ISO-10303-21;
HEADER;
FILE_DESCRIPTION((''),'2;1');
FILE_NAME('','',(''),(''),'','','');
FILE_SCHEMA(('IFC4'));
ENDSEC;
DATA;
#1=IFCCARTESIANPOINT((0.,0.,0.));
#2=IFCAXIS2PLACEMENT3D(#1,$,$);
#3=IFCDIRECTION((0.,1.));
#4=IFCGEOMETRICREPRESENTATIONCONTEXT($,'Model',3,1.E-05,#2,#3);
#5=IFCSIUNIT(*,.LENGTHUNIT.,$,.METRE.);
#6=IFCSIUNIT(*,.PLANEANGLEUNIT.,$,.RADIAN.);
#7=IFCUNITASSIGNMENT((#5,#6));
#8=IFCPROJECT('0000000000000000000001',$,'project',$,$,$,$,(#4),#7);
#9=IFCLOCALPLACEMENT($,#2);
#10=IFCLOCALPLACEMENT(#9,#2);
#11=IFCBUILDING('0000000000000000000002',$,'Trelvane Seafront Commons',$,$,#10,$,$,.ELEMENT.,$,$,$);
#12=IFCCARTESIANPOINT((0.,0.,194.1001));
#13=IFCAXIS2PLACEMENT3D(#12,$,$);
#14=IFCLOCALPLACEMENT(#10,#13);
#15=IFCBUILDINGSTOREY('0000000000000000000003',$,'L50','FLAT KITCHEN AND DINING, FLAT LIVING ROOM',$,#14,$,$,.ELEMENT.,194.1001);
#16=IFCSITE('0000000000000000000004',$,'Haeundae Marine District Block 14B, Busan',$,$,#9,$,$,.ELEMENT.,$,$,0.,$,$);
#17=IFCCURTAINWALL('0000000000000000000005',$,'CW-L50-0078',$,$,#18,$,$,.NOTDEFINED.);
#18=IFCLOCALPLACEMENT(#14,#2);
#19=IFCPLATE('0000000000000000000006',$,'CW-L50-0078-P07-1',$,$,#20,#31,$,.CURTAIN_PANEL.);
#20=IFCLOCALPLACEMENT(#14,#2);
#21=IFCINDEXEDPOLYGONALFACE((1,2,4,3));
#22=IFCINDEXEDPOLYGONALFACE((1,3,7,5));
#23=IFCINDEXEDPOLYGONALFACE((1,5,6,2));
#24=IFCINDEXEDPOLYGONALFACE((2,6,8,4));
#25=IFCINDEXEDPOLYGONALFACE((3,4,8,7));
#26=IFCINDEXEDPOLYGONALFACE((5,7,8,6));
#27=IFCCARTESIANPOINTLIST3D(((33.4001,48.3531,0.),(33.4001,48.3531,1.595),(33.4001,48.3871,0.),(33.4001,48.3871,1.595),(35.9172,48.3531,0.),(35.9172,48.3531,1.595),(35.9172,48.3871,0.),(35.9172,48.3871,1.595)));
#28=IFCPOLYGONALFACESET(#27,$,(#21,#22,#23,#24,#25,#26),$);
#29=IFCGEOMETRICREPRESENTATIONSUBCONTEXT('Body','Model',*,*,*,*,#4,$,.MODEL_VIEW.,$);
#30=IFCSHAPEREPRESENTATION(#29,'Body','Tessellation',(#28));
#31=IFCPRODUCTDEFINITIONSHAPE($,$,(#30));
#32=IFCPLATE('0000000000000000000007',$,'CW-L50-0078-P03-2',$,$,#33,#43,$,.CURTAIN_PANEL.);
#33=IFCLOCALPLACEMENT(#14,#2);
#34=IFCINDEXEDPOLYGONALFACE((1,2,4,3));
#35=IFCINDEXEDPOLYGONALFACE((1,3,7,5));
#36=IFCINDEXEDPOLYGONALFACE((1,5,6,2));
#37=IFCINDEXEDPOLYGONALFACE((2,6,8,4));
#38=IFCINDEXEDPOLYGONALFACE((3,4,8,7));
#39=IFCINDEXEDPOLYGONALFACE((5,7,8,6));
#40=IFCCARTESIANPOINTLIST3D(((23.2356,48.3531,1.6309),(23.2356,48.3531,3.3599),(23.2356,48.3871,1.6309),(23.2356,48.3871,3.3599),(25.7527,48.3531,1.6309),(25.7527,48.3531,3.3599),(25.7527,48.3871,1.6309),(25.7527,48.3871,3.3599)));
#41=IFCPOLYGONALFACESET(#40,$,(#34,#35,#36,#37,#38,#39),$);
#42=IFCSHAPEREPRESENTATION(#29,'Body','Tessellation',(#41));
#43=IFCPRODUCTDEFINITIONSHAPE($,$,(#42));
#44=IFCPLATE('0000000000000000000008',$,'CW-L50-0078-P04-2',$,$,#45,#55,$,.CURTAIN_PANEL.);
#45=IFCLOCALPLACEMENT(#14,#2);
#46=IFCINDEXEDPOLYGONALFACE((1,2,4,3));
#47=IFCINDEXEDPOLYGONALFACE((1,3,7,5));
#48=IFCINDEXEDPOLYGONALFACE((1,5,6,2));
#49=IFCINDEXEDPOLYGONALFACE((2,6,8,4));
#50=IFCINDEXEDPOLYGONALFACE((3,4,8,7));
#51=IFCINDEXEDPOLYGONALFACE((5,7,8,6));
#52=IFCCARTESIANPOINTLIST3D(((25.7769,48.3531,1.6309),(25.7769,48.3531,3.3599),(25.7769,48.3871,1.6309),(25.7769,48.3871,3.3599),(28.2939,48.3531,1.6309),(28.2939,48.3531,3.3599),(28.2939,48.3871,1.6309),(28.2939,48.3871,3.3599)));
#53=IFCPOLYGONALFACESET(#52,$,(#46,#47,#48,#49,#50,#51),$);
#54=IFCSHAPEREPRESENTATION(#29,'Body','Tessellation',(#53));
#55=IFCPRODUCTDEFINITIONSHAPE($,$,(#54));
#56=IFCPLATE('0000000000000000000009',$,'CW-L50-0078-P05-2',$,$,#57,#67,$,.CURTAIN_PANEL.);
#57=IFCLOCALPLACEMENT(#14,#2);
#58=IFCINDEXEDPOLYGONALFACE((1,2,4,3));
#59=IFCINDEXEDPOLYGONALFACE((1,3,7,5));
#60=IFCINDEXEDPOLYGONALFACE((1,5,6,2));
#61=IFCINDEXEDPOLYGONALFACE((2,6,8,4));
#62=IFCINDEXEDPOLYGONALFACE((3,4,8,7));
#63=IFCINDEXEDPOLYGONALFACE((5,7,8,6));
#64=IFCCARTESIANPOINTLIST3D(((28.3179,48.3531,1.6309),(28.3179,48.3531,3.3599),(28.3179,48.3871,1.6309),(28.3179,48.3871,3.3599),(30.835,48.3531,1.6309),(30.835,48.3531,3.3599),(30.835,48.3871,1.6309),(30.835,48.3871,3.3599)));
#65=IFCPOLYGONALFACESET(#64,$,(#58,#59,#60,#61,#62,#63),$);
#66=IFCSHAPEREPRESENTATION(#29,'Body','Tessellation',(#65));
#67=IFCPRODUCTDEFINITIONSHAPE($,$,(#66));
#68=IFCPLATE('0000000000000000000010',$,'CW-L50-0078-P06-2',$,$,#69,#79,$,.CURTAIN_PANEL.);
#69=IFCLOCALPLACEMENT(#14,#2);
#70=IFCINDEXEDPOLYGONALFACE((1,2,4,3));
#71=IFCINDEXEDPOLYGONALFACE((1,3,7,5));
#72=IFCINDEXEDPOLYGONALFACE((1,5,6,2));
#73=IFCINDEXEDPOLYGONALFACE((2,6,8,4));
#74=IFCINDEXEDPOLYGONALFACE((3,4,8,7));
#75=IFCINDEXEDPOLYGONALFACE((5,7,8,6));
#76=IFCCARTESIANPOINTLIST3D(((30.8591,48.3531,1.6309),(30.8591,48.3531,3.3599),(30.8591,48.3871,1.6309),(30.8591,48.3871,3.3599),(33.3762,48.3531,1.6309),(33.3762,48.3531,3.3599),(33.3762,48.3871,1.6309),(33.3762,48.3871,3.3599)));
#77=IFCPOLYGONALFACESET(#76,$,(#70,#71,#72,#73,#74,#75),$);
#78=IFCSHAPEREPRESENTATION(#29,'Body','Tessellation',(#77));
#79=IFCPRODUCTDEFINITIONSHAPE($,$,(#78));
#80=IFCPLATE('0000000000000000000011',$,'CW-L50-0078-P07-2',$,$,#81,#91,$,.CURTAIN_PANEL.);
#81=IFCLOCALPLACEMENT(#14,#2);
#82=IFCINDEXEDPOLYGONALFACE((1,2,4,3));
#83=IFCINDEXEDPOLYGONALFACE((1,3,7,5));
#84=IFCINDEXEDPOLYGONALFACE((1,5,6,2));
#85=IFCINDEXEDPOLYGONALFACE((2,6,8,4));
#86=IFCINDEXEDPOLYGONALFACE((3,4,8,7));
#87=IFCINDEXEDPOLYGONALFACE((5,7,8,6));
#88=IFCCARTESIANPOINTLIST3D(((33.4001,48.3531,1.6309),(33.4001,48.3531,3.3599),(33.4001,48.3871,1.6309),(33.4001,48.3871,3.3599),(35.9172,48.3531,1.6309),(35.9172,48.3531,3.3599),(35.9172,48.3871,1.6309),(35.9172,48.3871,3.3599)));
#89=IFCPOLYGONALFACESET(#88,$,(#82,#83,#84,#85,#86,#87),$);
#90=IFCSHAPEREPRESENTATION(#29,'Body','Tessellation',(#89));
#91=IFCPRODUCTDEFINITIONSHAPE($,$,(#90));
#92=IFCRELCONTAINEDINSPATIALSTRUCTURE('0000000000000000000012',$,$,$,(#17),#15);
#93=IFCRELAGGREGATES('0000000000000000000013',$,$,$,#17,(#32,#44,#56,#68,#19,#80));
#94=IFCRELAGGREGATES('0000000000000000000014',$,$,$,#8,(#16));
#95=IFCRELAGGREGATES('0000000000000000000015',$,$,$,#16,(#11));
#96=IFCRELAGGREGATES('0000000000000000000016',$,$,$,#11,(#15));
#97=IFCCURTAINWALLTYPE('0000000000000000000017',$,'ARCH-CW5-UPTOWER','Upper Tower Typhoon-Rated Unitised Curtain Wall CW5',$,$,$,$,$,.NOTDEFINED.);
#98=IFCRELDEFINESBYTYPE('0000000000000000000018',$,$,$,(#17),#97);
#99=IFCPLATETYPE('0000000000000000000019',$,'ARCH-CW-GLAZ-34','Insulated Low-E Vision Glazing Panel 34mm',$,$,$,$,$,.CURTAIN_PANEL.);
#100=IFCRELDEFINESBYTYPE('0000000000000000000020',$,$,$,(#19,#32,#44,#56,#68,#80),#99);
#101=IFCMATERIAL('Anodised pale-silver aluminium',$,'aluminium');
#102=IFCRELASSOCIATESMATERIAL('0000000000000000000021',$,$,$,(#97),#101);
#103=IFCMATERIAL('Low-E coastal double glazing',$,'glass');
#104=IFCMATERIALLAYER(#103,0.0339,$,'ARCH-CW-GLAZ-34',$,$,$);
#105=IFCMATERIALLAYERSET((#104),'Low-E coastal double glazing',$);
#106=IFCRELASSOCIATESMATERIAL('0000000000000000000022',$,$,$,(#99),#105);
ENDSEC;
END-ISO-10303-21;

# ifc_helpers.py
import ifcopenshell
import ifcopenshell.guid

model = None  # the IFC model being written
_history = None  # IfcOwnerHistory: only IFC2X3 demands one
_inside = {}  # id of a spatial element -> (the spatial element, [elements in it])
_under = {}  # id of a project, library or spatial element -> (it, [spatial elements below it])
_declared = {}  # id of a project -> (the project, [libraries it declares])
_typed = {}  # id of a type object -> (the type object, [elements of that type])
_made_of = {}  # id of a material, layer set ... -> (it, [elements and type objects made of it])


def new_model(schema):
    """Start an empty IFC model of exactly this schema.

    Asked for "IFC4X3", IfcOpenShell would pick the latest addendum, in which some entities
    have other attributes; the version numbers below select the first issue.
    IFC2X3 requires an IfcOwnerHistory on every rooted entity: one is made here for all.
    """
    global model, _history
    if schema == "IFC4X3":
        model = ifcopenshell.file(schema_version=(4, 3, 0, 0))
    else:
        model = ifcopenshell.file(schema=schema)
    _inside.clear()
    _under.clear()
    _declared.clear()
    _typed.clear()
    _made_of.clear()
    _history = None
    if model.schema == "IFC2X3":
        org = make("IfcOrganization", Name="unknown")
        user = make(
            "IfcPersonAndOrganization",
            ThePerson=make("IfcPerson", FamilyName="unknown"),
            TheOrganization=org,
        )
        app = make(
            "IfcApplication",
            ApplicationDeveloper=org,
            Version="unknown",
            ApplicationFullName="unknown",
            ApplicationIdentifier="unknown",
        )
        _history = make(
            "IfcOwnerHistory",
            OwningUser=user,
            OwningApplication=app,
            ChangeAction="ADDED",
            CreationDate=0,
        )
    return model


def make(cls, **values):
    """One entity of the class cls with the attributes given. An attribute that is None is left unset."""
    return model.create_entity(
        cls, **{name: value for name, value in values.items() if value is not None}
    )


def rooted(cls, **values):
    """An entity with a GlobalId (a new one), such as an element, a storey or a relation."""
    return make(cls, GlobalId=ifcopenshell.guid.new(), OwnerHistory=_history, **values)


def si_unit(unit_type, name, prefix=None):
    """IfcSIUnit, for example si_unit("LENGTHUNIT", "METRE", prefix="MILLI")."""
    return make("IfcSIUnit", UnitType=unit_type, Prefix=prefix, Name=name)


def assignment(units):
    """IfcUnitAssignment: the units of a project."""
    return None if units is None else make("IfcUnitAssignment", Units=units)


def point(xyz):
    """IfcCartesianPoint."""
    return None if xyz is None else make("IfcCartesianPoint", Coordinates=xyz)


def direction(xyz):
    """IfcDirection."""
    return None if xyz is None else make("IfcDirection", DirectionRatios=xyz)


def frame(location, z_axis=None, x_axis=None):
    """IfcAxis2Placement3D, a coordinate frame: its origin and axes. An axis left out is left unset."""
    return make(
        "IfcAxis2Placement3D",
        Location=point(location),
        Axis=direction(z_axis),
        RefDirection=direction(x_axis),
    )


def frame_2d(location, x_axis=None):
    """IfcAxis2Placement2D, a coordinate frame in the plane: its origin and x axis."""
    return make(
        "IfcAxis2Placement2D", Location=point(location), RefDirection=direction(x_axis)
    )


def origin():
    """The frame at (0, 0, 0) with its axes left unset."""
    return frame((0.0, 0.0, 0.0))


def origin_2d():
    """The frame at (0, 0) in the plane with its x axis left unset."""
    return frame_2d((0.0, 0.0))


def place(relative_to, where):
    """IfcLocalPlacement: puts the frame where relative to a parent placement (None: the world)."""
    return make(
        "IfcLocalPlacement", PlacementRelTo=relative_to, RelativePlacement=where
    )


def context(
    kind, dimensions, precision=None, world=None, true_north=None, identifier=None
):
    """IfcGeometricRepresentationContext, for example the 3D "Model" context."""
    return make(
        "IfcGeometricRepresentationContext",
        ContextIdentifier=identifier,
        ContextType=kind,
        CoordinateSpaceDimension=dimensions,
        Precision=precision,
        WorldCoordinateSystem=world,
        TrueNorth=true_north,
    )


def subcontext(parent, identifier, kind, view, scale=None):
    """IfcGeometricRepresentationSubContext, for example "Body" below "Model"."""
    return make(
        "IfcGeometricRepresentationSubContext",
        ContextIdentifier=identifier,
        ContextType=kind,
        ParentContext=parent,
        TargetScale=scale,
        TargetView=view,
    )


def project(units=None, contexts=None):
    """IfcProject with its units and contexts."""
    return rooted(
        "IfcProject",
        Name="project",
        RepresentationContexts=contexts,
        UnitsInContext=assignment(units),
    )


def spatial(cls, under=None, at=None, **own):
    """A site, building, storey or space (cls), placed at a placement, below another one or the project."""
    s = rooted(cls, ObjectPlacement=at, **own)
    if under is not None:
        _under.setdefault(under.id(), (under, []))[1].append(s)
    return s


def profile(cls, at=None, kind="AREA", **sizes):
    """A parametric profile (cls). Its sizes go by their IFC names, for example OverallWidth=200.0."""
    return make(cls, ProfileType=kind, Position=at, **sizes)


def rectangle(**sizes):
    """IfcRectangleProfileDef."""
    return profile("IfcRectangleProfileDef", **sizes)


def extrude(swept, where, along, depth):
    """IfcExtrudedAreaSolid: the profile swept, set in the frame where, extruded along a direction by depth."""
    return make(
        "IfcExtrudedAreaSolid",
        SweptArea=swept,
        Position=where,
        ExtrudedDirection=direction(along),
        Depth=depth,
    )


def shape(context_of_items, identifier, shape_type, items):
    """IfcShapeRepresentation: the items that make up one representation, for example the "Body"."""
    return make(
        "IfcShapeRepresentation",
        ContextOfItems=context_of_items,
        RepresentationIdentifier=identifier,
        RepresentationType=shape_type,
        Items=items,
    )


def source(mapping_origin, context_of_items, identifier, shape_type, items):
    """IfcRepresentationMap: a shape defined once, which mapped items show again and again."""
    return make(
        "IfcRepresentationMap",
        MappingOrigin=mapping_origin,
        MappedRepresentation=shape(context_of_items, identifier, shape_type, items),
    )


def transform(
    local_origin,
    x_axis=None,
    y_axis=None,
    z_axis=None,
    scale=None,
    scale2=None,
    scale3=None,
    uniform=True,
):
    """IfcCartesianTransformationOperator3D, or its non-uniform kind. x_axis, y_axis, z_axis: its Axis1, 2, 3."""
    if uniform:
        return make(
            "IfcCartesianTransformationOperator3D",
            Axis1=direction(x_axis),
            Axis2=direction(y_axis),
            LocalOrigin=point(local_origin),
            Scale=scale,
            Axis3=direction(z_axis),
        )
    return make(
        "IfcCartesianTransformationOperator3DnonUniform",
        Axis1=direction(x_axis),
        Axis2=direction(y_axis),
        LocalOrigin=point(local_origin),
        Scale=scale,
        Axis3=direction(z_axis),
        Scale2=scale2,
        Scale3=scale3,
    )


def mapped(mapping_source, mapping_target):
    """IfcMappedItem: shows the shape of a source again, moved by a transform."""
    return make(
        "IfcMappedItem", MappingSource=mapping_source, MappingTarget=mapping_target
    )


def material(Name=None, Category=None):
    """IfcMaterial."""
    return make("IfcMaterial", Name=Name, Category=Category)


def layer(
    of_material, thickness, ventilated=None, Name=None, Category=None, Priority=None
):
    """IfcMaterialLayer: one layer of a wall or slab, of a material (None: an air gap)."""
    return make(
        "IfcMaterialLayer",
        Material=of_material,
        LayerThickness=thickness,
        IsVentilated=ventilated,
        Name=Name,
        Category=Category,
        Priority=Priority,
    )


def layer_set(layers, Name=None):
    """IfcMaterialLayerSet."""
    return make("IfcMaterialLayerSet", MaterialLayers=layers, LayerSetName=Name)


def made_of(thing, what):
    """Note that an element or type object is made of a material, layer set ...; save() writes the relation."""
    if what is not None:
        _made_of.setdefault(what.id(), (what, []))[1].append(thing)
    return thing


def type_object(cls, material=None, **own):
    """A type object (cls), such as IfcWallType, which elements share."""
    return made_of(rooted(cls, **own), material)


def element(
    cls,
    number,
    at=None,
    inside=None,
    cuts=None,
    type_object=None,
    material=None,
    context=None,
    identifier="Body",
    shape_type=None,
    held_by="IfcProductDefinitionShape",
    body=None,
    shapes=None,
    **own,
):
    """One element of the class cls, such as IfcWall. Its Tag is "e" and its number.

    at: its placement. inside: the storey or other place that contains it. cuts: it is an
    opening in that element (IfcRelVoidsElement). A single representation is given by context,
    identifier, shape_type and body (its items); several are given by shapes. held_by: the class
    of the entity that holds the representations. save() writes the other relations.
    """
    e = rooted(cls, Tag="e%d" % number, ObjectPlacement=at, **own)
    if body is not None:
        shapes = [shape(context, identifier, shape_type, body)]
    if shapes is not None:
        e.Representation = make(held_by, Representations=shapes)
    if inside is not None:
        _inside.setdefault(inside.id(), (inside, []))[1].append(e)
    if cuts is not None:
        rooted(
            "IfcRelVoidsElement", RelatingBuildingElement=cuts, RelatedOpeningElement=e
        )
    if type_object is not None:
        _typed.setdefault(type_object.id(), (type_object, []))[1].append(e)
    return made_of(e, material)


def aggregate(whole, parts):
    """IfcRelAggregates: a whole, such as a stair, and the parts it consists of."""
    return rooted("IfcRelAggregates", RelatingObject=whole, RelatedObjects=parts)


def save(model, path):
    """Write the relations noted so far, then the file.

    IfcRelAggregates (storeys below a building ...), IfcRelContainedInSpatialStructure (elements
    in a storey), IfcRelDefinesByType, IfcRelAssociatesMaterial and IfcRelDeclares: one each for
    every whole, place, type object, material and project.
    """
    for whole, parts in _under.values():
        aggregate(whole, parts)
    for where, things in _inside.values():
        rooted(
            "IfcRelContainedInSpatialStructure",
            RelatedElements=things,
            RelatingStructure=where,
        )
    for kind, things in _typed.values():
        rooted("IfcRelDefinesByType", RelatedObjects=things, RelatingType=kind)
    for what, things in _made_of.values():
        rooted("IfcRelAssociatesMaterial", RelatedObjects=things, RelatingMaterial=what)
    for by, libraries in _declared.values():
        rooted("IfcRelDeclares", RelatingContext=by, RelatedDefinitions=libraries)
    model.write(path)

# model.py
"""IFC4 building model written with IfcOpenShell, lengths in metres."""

from ifc_helpers import new_model, si_unit, direction, frame, origin, origin_2d, place, context, subcontext, project, spatial, rectangle, extrude, source, transform, mapped, material, layer, layer_set, type_object, element, aggregate, save


model = new_model("IFC4")

# Units and contexts
model_context = context("Model", 3, precision=1e-05, world=origin(), true_north=direction((0.0, 1.0)))
body_context = subcontext(model_context, "Body", "Model", "MODEL_VIEW")
ifc_project = project(units=[si_unit("LENGTHUNIT", "METRE"), si_unit("PLANEANGLEUNIT", "RADIAN")], contexts=[model_context])

# Site, building, storey
site_placement = place(None, origin())
site = spatial("IfcSite", under=ifc_project, at=site_placement, Name="Haeundae Marine District Block 14B, Busan", CompositionType="ELEMENT", RefElevation=0.0)
building_placement = place(site_placement, origin())
building = spatial("IfcBuilding", under=site, at=building_placement, Name="Trelvane Seafront Commons", CompositionType="ELEMENT")
storey_placement = place(building_placement, frame((0.0, 0.0, 194.1001)))
storey = spatial("IfcBuildingStorey", under=building, at=storey_placement, Name="L50", Description="FLAT KITCHEN AND DINING, FLAT LIVING ROOM", CompositionType="ELEMENT", Elevation=194.1001)

# Curtain wall
ifc_material_1 = material(Name="Anodised pale-silver aluminium", Category="aluminium")
curtain_wall_type = type_object("IfcCurtainWallType", Name="ARCH-CW5-UPTOWER", Description="Upper Tower Typhoon-Rated Unitised Curtain Wall CW5", PredefinedType="NOTDEFINED", material=ifc_material_1)
curtain_wall_placement = place(storey_placement, origin())
curtain_wall = element("IfcCurtainWall", 1, at=curtain_wall_placement, inside=storey, type_object=curtain_wall_type, Name="CW-L50-0078", PredefinedType="NOTDEFINED")

# Plates
ifc_material_2 = material(Name="Low-E coastal double glazing", Category="glass")
ifc_layer_1 = layer(ifc_material_2, 0.0339, Name="ARCH-CW-GLAZ-34")
ifc_layer_set_1 = layer_set([ifc_layer_1], Name="Low-E coastal double glazing")
plate_type_1 = type_object("IfcPlateType", Name="ARCH-CW-GLAZ-34", Description="Insulated Low-E Vision Glazing Panel 34mm", PredefinedType="CURTAIN_PANEL", material=ifc_layer_set_1)
shared_shape_1 = source(origin(), body_context, "Body", "SweptSolid", [
    extrude(rectangle(XDim=2.5171, YDim=0.0339, at=origin_2d()), origin(), (0.0, 0.0, 1.0), 1.595),
])
plate_1_placement = place(storey_placement, frame((34.6587, 48.3701, 0.0), z_axis=(0.0, 0.0, 1.0), x_axis=(1.0, 0.0, 0.0)))
plate_1 = element("IfcPlate", 2, at=plate_1_placement, type_object=plate_type_1, Name="CW-L50-0078-P07-1", PredefinedType="CURTAIN_PANEL", context=body_context, shape_type="MappedRepresentation", body=[
    mapped(shared_shape_1, transform((0.0, 0.0, 0.0), x_axis=(1.0, 0.0, 0.0), y_axis=(0.0, 1.0, 0.0), z_axis=(0.0, 0.0, 1.0), scale=1.0)),
])
shared_shape_2 = source(origin(), body_context, "Body", "SweptSolid", [
    extrude(rectangle(XDim=2.5171, YDim=0.0339, at=origin_2d()), origin(), (0.0, 0.0, 1.0), 1.729),
])
plate_2_placement = place(storey_placement, frame((24.4941, 48.3701, 1.6309), z_axis=(0.0, 0.0, 1.0), x_axis=(1.0, 0.0, 0.0)))
plate_2 = element("IfcPlate", 3, at=plate_2_placement, type_object=plate_type_1, Name="CW-L50-0078-P03-2", PredefinedType="CURTAIN_PANEL", context=body_context, shape_type="MappedRepresentation", body=[
    mapped(shared_shape_2, transform((0.0, 0.0, 0.0), x_axis=(1.0, 0.0, 0.0), y_axis=(0.0, 1.0, 0.0), z_axis=(0.0, 0.0, 1.0), scale=1.0)),
])
plate_3_placement = place(storey_placement, frame((27.0354, 48.3701, 1.6309), z_axis=(0.0, 0.0, 1.0), x_axis=(1.0, 0.0, 0.0)))
plate_3 = element("IfcPlate", 4, at=plate_3_placement, type_object=plate_type_1, Name="CW-L50-0078-P04-2", PredefinedType="CURTAIN_PANEL", context=body_context, shape_type="MappedRepresentation", body=[
    mapped(shared_shape_2, transform((0.0, 0.0, 0.0), x_axis=(1.0, 0.0, 0.0), y_axis=(0.0, 1.0, 0.0), z_axis=(0.0, 0.0, 1.0), scale=1.0)),
])
plate_4_placement = place(storey_placement, frame((29.5764, 48.3701, 1.6309), z_axis=(0.0, 0.0, 1.0), x_axis=(1.0, 0.0, 0.0)))
plate_4 = element("IfcPlate", 5, at=plate_4_placement, type_object=plate_type_1, Name="CW-L50-0078-P05-2", PredefinedType="CURTAIN_PANEL", context=body_context, shape_type="MappedRepresentation", body=[
    mapped(shared_shape_2, transform((0.0, 0.0, 0.0), x_axis=(1.0, 0.0, 0.0), y_axis=(0.0, 1.0, 0.0), z_axis=(0.0, 0.0, 1.0), scale=1.0)),
])
plate_5_placement = place(storey_placement, frame((32.1177, 48.3701, 1.6309), z_axis=(0.0, 0.0, 1.0), x_axis=(1.0, 0.0, 0.0)))
plate_5 = element("IfcPlate", 6, at=plate_5_placement, type_object=plate_type_1, Name="CW-L50-0078-P06-2", PredefinedType="CURTAIN_PANEL", context=body_context, shape_type="MappedRepresentation", body=[
    mapped(shared_shape_2, transform((0.0, 0.0, 0.0), x_axis=(1.0, 0.0, 0.0), y_axis=(0.0, 1.0, 0.0), z_axis=(0.0, 0.0, 1.0), scale=1.0)),
])
plate_6_placement = place(storey_placement, frame((34.6587, 48.3701, 1.6309), z_axis=(0.0, 0.0, 1.0), x_axis=(1.0, 0.0, 0.0)))
plate_6 = element("IfcPlate", 7, at=plate_6_placement, type_object=plate_type_1, Name="CW-L50-0078-P07-2", PredefinedType="CURTAIN_PANEL", context=body_context, shape_type="MappedRepresentation", body=[
    mapped(shared_shape_2, transform((0.0, 0.0, 0.0), x_axis=(1.0, 0.0, 0.0), y_axis=(0.0, 1.0, 0.0), z_axis=(0.0, 0.0, 1.0), scale=1.0)),
])
aggregate(curtain_wall, [plate_2, plate_3, plate_4, plate_5, plate_1, plate_6])

save(model, "model.ifc")
